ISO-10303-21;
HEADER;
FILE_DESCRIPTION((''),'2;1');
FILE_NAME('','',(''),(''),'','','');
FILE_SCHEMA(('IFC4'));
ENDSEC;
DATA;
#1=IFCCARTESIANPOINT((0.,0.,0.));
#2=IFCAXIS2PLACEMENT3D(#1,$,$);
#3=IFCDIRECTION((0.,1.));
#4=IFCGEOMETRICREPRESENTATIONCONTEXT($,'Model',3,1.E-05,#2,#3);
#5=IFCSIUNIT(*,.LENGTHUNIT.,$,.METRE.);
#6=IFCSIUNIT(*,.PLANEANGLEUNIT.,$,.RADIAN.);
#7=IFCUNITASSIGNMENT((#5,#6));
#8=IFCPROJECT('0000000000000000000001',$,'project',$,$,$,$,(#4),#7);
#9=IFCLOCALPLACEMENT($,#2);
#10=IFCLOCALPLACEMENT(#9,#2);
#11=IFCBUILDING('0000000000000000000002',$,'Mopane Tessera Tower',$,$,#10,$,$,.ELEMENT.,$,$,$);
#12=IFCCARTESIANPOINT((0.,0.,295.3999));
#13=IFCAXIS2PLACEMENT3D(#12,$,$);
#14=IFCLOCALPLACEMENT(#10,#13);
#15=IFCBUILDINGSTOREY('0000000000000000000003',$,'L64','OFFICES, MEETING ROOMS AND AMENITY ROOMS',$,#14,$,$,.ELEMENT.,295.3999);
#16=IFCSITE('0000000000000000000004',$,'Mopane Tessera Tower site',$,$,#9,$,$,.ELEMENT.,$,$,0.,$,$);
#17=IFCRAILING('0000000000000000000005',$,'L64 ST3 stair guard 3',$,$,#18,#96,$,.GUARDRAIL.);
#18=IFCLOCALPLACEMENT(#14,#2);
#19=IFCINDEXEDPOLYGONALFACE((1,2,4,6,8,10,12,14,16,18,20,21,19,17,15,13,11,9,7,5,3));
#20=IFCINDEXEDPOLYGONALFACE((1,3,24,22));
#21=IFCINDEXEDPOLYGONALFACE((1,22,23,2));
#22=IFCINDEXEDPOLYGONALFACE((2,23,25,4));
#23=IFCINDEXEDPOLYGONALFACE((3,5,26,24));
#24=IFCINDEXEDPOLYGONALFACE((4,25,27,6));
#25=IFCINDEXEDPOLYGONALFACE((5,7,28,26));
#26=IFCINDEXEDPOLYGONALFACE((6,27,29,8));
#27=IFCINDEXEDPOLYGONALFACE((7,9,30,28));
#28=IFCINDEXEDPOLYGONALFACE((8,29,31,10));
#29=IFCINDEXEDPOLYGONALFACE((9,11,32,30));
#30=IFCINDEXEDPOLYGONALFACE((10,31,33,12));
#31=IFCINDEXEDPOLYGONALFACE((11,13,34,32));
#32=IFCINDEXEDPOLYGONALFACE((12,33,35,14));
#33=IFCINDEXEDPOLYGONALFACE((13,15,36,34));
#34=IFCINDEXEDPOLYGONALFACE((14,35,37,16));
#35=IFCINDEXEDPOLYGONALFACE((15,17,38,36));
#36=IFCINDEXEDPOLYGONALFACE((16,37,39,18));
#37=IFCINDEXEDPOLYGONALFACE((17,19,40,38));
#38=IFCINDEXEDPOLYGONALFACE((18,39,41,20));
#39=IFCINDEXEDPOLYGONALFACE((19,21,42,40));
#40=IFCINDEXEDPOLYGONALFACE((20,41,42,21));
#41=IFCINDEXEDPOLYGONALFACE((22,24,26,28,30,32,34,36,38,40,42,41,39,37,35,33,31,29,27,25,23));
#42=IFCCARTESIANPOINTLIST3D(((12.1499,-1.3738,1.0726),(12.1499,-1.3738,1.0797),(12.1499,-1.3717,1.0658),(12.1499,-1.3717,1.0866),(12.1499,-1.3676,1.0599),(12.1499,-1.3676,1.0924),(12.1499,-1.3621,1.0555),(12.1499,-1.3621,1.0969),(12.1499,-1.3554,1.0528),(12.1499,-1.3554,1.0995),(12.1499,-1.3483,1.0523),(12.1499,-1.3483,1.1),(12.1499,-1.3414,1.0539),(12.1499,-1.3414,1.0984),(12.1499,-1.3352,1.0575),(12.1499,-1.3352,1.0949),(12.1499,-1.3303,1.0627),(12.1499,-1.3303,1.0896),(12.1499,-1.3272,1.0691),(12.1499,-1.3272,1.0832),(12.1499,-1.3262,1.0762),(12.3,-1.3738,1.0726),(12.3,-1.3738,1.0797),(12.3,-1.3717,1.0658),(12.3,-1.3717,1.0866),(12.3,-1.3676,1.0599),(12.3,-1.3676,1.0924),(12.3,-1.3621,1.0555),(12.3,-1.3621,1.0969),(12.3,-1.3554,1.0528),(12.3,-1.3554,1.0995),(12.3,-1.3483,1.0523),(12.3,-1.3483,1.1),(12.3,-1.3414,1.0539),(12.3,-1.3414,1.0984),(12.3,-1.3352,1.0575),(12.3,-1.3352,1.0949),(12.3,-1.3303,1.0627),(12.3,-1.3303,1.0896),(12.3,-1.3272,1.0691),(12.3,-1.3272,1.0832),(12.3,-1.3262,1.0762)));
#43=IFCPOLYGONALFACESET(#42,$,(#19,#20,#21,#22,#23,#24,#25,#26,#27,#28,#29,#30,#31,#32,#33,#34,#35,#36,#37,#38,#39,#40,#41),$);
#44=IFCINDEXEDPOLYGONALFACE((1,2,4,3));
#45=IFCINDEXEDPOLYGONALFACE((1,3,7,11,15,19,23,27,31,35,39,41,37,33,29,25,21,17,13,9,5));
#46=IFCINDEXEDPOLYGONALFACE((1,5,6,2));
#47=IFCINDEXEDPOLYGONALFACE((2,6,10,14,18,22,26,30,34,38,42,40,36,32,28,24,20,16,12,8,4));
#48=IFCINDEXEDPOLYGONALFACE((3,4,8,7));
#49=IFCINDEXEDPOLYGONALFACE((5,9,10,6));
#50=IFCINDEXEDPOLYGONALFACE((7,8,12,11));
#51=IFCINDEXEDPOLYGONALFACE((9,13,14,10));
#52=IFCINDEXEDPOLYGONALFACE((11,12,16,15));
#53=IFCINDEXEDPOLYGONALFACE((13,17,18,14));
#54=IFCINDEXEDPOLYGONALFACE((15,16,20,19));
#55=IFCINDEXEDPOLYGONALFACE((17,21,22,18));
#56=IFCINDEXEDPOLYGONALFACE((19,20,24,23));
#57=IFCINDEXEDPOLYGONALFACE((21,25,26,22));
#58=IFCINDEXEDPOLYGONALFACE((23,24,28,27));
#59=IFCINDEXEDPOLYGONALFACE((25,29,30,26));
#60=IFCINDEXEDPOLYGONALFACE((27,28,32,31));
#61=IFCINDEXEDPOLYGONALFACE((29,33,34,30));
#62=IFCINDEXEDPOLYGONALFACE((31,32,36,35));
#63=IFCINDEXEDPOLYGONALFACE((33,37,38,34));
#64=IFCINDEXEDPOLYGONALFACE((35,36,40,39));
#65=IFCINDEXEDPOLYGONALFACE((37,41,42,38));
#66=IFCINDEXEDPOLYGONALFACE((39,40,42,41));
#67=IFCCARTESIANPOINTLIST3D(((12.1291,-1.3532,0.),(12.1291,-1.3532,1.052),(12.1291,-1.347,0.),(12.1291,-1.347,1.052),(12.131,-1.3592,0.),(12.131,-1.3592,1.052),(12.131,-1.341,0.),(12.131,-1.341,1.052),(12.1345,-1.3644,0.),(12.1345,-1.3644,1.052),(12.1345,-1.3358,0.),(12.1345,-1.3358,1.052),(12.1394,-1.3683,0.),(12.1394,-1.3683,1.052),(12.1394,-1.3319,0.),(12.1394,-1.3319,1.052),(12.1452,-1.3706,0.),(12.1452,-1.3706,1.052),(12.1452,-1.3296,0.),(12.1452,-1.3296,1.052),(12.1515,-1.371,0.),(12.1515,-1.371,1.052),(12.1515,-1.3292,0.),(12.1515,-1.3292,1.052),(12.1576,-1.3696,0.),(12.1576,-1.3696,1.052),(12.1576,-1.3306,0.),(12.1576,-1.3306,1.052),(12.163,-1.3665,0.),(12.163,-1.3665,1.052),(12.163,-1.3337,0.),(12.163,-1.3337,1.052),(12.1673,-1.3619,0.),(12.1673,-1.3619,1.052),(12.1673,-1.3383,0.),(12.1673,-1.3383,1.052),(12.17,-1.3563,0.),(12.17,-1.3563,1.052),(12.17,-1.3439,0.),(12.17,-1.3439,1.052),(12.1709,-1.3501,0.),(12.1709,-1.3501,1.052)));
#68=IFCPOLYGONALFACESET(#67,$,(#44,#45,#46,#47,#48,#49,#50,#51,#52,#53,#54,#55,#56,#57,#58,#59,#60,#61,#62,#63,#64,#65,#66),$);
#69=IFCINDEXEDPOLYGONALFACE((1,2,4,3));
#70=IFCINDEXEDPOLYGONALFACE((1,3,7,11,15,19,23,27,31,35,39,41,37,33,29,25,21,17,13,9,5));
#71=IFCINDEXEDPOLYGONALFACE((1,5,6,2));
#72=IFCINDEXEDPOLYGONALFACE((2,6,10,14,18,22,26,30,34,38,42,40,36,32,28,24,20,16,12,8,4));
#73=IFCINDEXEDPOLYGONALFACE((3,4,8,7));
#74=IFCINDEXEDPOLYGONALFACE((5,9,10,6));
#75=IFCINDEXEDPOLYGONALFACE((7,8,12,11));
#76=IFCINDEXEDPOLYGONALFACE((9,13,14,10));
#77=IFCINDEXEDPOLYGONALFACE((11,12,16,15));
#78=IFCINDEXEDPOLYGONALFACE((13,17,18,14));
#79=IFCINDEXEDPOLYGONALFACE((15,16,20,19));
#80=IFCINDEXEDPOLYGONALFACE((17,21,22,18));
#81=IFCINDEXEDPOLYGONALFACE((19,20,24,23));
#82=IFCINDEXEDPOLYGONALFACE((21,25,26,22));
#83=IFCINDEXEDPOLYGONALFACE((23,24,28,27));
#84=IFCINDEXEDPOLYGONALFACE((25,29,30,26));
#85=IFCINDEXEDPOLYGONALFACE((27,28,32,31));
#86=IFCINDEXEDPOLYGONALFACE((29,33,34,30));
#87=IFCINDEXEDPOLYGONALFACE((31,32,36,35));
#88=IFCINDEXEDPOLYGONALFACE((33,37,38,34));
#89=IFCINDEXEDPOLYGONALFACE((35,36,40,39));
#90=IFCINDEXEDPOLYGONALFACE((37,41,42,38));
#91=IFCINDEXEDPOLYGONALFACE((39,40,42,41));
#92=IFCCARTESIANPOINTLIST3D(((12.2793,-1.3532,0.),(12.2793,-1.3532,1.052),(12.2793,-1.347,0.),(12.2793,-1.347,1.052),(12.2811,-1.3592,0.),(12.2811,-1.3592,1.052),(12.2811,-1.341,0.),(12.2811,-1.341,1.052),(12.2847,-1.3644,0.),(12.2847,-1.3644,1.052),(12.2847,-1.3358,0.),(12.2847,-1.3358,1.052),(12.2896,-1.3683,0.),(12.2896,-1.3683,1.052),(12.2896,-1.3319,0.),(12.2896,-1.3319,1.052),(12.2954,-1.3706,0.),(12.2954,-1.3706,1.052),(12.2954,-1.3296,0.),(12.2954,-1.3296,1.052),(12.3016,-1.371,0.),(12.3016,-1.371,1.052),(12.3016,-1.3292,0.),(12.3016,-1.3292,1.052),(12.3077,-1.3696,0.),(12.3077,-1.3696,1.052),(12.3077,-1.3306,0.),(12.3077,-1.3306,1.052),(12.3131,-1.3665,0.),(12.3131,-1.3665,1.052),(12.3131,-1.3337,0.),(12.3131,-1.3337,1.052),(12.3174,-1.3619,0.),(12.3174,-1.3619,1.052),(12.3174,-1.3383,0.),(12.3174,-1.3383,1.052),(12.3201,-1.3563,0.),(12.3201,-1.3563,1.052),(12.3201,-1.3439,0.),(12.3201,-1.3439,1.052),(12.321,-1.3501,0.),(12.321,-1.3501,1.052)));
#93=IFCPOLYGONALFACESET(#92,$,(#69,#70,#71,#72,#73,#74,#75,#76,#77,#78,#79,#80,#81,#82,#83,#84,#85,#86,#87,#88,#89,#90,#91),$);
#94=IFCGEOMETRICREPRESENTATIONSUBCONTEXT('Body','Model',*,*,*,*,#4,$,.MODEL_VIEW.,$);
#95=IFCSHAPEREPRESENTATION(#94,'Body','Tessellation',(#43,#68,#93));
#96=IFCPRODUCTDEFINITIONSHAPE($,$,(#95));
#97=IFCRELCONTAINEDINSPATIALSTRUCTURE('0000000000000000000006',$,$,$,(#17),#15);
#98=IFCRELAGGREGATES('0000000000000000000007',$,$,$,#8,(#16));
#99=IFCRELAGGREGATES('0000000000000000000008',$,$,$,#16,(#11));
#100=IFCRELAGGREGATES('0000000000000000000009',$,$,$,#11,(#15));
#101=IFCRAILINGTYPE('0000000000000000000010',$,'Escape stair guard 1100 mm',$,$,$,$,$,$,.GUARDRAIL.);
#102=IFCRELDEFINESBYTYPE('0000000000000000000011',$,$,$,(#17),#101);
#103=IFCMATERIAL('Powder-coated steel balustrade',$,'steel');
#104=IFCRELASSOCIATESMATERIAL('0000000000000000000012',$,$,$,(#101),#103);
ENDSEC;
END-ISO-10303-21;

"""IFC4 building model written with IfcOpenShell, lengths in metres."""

from ifc_helpers import new_model, si_unit, direction, frame, origin, origin_2d, place, context, subcontext, project, spatial, circle, extrude, material, type_object, element, save


model = new_model("IFC4")

# Units and contexts
model_context = context("Model", 3, precision=1e-05, world=origin(), true_north=direction((0.0, 1.0)))
body_context = subcontext(model_context, "Body", "Model", "MODEL_VIEW")
ifc_project = project(units=[si_unit("LENGTHUNIT", "METRE"), si_unit("PLANEANGLEUNIT", "RADIAN")], contexts=[model_context])

# Site, building, storey
site_placement = place(None, origin())
site = spatial("IfcSite", under=ifc_project, at=site_placement, Name="Mopane Tessera Tower site", CompositionType="ELEMENT", RefElevation=0.0)
building_placement = place(site_placement, origin())
building = spatial("IfcBuilding", under=site, at=building_placement, Name="Mopane Tessera Tower", CompositionType="ELEMENT")
storey_placement = place(building_placement, frame((0.0, 0.0, 295.3999)))
storey = spatial("IfcBuildingStorey", under=building, at=storey_placement, Name="L64", Description="OFFICES, MEETING ROOMS AND AMENITY ROOMS", CompositionType="ELEMENT", Elevation=295.3999)

# Railing
ifc_material_1 = material(Name="Powder-coated steel balustrade", Category="steel")
railing_type_1 = type_object("IfcRailingType", Name="Escape stair guard 1100 mm", PredefinedType="GUARDRAIL", material=ifc_material_1)
railing_1_placement = place(storey_placement, frame((12.1499, -1.3501, 0.0)))
element("IfcRailing", 1, at=railing_1_placement, inside=storey, type_object=railing_type_1, Name="L64 ST3 stair guard 3", PredefinedType="GUARDRAIL", context=body_context, shape_type="SweptSolid", body=[
    extrude(circle(Radius=0.0239, at=origin_2d()), frame((0.0, 0.0, 1.0762), z_axis=(1.0, 0.0, 0.0), x_axis=(0.0, 1.0, 0.0)), (0.0, 0.0, 1.0), 0.1501),
    extrude(circle(Radius=0.021, at=origin_2d()), origin(), (0.0, 0.0, 1.0), 1.052),
    extrude(circle(Radius=0.021, at=origin_2d()), frame((0.1501, 0.0, 0.0)), (0.0, 0.0, 1.0), 1.052),
])

save(model, "model.ifc")
